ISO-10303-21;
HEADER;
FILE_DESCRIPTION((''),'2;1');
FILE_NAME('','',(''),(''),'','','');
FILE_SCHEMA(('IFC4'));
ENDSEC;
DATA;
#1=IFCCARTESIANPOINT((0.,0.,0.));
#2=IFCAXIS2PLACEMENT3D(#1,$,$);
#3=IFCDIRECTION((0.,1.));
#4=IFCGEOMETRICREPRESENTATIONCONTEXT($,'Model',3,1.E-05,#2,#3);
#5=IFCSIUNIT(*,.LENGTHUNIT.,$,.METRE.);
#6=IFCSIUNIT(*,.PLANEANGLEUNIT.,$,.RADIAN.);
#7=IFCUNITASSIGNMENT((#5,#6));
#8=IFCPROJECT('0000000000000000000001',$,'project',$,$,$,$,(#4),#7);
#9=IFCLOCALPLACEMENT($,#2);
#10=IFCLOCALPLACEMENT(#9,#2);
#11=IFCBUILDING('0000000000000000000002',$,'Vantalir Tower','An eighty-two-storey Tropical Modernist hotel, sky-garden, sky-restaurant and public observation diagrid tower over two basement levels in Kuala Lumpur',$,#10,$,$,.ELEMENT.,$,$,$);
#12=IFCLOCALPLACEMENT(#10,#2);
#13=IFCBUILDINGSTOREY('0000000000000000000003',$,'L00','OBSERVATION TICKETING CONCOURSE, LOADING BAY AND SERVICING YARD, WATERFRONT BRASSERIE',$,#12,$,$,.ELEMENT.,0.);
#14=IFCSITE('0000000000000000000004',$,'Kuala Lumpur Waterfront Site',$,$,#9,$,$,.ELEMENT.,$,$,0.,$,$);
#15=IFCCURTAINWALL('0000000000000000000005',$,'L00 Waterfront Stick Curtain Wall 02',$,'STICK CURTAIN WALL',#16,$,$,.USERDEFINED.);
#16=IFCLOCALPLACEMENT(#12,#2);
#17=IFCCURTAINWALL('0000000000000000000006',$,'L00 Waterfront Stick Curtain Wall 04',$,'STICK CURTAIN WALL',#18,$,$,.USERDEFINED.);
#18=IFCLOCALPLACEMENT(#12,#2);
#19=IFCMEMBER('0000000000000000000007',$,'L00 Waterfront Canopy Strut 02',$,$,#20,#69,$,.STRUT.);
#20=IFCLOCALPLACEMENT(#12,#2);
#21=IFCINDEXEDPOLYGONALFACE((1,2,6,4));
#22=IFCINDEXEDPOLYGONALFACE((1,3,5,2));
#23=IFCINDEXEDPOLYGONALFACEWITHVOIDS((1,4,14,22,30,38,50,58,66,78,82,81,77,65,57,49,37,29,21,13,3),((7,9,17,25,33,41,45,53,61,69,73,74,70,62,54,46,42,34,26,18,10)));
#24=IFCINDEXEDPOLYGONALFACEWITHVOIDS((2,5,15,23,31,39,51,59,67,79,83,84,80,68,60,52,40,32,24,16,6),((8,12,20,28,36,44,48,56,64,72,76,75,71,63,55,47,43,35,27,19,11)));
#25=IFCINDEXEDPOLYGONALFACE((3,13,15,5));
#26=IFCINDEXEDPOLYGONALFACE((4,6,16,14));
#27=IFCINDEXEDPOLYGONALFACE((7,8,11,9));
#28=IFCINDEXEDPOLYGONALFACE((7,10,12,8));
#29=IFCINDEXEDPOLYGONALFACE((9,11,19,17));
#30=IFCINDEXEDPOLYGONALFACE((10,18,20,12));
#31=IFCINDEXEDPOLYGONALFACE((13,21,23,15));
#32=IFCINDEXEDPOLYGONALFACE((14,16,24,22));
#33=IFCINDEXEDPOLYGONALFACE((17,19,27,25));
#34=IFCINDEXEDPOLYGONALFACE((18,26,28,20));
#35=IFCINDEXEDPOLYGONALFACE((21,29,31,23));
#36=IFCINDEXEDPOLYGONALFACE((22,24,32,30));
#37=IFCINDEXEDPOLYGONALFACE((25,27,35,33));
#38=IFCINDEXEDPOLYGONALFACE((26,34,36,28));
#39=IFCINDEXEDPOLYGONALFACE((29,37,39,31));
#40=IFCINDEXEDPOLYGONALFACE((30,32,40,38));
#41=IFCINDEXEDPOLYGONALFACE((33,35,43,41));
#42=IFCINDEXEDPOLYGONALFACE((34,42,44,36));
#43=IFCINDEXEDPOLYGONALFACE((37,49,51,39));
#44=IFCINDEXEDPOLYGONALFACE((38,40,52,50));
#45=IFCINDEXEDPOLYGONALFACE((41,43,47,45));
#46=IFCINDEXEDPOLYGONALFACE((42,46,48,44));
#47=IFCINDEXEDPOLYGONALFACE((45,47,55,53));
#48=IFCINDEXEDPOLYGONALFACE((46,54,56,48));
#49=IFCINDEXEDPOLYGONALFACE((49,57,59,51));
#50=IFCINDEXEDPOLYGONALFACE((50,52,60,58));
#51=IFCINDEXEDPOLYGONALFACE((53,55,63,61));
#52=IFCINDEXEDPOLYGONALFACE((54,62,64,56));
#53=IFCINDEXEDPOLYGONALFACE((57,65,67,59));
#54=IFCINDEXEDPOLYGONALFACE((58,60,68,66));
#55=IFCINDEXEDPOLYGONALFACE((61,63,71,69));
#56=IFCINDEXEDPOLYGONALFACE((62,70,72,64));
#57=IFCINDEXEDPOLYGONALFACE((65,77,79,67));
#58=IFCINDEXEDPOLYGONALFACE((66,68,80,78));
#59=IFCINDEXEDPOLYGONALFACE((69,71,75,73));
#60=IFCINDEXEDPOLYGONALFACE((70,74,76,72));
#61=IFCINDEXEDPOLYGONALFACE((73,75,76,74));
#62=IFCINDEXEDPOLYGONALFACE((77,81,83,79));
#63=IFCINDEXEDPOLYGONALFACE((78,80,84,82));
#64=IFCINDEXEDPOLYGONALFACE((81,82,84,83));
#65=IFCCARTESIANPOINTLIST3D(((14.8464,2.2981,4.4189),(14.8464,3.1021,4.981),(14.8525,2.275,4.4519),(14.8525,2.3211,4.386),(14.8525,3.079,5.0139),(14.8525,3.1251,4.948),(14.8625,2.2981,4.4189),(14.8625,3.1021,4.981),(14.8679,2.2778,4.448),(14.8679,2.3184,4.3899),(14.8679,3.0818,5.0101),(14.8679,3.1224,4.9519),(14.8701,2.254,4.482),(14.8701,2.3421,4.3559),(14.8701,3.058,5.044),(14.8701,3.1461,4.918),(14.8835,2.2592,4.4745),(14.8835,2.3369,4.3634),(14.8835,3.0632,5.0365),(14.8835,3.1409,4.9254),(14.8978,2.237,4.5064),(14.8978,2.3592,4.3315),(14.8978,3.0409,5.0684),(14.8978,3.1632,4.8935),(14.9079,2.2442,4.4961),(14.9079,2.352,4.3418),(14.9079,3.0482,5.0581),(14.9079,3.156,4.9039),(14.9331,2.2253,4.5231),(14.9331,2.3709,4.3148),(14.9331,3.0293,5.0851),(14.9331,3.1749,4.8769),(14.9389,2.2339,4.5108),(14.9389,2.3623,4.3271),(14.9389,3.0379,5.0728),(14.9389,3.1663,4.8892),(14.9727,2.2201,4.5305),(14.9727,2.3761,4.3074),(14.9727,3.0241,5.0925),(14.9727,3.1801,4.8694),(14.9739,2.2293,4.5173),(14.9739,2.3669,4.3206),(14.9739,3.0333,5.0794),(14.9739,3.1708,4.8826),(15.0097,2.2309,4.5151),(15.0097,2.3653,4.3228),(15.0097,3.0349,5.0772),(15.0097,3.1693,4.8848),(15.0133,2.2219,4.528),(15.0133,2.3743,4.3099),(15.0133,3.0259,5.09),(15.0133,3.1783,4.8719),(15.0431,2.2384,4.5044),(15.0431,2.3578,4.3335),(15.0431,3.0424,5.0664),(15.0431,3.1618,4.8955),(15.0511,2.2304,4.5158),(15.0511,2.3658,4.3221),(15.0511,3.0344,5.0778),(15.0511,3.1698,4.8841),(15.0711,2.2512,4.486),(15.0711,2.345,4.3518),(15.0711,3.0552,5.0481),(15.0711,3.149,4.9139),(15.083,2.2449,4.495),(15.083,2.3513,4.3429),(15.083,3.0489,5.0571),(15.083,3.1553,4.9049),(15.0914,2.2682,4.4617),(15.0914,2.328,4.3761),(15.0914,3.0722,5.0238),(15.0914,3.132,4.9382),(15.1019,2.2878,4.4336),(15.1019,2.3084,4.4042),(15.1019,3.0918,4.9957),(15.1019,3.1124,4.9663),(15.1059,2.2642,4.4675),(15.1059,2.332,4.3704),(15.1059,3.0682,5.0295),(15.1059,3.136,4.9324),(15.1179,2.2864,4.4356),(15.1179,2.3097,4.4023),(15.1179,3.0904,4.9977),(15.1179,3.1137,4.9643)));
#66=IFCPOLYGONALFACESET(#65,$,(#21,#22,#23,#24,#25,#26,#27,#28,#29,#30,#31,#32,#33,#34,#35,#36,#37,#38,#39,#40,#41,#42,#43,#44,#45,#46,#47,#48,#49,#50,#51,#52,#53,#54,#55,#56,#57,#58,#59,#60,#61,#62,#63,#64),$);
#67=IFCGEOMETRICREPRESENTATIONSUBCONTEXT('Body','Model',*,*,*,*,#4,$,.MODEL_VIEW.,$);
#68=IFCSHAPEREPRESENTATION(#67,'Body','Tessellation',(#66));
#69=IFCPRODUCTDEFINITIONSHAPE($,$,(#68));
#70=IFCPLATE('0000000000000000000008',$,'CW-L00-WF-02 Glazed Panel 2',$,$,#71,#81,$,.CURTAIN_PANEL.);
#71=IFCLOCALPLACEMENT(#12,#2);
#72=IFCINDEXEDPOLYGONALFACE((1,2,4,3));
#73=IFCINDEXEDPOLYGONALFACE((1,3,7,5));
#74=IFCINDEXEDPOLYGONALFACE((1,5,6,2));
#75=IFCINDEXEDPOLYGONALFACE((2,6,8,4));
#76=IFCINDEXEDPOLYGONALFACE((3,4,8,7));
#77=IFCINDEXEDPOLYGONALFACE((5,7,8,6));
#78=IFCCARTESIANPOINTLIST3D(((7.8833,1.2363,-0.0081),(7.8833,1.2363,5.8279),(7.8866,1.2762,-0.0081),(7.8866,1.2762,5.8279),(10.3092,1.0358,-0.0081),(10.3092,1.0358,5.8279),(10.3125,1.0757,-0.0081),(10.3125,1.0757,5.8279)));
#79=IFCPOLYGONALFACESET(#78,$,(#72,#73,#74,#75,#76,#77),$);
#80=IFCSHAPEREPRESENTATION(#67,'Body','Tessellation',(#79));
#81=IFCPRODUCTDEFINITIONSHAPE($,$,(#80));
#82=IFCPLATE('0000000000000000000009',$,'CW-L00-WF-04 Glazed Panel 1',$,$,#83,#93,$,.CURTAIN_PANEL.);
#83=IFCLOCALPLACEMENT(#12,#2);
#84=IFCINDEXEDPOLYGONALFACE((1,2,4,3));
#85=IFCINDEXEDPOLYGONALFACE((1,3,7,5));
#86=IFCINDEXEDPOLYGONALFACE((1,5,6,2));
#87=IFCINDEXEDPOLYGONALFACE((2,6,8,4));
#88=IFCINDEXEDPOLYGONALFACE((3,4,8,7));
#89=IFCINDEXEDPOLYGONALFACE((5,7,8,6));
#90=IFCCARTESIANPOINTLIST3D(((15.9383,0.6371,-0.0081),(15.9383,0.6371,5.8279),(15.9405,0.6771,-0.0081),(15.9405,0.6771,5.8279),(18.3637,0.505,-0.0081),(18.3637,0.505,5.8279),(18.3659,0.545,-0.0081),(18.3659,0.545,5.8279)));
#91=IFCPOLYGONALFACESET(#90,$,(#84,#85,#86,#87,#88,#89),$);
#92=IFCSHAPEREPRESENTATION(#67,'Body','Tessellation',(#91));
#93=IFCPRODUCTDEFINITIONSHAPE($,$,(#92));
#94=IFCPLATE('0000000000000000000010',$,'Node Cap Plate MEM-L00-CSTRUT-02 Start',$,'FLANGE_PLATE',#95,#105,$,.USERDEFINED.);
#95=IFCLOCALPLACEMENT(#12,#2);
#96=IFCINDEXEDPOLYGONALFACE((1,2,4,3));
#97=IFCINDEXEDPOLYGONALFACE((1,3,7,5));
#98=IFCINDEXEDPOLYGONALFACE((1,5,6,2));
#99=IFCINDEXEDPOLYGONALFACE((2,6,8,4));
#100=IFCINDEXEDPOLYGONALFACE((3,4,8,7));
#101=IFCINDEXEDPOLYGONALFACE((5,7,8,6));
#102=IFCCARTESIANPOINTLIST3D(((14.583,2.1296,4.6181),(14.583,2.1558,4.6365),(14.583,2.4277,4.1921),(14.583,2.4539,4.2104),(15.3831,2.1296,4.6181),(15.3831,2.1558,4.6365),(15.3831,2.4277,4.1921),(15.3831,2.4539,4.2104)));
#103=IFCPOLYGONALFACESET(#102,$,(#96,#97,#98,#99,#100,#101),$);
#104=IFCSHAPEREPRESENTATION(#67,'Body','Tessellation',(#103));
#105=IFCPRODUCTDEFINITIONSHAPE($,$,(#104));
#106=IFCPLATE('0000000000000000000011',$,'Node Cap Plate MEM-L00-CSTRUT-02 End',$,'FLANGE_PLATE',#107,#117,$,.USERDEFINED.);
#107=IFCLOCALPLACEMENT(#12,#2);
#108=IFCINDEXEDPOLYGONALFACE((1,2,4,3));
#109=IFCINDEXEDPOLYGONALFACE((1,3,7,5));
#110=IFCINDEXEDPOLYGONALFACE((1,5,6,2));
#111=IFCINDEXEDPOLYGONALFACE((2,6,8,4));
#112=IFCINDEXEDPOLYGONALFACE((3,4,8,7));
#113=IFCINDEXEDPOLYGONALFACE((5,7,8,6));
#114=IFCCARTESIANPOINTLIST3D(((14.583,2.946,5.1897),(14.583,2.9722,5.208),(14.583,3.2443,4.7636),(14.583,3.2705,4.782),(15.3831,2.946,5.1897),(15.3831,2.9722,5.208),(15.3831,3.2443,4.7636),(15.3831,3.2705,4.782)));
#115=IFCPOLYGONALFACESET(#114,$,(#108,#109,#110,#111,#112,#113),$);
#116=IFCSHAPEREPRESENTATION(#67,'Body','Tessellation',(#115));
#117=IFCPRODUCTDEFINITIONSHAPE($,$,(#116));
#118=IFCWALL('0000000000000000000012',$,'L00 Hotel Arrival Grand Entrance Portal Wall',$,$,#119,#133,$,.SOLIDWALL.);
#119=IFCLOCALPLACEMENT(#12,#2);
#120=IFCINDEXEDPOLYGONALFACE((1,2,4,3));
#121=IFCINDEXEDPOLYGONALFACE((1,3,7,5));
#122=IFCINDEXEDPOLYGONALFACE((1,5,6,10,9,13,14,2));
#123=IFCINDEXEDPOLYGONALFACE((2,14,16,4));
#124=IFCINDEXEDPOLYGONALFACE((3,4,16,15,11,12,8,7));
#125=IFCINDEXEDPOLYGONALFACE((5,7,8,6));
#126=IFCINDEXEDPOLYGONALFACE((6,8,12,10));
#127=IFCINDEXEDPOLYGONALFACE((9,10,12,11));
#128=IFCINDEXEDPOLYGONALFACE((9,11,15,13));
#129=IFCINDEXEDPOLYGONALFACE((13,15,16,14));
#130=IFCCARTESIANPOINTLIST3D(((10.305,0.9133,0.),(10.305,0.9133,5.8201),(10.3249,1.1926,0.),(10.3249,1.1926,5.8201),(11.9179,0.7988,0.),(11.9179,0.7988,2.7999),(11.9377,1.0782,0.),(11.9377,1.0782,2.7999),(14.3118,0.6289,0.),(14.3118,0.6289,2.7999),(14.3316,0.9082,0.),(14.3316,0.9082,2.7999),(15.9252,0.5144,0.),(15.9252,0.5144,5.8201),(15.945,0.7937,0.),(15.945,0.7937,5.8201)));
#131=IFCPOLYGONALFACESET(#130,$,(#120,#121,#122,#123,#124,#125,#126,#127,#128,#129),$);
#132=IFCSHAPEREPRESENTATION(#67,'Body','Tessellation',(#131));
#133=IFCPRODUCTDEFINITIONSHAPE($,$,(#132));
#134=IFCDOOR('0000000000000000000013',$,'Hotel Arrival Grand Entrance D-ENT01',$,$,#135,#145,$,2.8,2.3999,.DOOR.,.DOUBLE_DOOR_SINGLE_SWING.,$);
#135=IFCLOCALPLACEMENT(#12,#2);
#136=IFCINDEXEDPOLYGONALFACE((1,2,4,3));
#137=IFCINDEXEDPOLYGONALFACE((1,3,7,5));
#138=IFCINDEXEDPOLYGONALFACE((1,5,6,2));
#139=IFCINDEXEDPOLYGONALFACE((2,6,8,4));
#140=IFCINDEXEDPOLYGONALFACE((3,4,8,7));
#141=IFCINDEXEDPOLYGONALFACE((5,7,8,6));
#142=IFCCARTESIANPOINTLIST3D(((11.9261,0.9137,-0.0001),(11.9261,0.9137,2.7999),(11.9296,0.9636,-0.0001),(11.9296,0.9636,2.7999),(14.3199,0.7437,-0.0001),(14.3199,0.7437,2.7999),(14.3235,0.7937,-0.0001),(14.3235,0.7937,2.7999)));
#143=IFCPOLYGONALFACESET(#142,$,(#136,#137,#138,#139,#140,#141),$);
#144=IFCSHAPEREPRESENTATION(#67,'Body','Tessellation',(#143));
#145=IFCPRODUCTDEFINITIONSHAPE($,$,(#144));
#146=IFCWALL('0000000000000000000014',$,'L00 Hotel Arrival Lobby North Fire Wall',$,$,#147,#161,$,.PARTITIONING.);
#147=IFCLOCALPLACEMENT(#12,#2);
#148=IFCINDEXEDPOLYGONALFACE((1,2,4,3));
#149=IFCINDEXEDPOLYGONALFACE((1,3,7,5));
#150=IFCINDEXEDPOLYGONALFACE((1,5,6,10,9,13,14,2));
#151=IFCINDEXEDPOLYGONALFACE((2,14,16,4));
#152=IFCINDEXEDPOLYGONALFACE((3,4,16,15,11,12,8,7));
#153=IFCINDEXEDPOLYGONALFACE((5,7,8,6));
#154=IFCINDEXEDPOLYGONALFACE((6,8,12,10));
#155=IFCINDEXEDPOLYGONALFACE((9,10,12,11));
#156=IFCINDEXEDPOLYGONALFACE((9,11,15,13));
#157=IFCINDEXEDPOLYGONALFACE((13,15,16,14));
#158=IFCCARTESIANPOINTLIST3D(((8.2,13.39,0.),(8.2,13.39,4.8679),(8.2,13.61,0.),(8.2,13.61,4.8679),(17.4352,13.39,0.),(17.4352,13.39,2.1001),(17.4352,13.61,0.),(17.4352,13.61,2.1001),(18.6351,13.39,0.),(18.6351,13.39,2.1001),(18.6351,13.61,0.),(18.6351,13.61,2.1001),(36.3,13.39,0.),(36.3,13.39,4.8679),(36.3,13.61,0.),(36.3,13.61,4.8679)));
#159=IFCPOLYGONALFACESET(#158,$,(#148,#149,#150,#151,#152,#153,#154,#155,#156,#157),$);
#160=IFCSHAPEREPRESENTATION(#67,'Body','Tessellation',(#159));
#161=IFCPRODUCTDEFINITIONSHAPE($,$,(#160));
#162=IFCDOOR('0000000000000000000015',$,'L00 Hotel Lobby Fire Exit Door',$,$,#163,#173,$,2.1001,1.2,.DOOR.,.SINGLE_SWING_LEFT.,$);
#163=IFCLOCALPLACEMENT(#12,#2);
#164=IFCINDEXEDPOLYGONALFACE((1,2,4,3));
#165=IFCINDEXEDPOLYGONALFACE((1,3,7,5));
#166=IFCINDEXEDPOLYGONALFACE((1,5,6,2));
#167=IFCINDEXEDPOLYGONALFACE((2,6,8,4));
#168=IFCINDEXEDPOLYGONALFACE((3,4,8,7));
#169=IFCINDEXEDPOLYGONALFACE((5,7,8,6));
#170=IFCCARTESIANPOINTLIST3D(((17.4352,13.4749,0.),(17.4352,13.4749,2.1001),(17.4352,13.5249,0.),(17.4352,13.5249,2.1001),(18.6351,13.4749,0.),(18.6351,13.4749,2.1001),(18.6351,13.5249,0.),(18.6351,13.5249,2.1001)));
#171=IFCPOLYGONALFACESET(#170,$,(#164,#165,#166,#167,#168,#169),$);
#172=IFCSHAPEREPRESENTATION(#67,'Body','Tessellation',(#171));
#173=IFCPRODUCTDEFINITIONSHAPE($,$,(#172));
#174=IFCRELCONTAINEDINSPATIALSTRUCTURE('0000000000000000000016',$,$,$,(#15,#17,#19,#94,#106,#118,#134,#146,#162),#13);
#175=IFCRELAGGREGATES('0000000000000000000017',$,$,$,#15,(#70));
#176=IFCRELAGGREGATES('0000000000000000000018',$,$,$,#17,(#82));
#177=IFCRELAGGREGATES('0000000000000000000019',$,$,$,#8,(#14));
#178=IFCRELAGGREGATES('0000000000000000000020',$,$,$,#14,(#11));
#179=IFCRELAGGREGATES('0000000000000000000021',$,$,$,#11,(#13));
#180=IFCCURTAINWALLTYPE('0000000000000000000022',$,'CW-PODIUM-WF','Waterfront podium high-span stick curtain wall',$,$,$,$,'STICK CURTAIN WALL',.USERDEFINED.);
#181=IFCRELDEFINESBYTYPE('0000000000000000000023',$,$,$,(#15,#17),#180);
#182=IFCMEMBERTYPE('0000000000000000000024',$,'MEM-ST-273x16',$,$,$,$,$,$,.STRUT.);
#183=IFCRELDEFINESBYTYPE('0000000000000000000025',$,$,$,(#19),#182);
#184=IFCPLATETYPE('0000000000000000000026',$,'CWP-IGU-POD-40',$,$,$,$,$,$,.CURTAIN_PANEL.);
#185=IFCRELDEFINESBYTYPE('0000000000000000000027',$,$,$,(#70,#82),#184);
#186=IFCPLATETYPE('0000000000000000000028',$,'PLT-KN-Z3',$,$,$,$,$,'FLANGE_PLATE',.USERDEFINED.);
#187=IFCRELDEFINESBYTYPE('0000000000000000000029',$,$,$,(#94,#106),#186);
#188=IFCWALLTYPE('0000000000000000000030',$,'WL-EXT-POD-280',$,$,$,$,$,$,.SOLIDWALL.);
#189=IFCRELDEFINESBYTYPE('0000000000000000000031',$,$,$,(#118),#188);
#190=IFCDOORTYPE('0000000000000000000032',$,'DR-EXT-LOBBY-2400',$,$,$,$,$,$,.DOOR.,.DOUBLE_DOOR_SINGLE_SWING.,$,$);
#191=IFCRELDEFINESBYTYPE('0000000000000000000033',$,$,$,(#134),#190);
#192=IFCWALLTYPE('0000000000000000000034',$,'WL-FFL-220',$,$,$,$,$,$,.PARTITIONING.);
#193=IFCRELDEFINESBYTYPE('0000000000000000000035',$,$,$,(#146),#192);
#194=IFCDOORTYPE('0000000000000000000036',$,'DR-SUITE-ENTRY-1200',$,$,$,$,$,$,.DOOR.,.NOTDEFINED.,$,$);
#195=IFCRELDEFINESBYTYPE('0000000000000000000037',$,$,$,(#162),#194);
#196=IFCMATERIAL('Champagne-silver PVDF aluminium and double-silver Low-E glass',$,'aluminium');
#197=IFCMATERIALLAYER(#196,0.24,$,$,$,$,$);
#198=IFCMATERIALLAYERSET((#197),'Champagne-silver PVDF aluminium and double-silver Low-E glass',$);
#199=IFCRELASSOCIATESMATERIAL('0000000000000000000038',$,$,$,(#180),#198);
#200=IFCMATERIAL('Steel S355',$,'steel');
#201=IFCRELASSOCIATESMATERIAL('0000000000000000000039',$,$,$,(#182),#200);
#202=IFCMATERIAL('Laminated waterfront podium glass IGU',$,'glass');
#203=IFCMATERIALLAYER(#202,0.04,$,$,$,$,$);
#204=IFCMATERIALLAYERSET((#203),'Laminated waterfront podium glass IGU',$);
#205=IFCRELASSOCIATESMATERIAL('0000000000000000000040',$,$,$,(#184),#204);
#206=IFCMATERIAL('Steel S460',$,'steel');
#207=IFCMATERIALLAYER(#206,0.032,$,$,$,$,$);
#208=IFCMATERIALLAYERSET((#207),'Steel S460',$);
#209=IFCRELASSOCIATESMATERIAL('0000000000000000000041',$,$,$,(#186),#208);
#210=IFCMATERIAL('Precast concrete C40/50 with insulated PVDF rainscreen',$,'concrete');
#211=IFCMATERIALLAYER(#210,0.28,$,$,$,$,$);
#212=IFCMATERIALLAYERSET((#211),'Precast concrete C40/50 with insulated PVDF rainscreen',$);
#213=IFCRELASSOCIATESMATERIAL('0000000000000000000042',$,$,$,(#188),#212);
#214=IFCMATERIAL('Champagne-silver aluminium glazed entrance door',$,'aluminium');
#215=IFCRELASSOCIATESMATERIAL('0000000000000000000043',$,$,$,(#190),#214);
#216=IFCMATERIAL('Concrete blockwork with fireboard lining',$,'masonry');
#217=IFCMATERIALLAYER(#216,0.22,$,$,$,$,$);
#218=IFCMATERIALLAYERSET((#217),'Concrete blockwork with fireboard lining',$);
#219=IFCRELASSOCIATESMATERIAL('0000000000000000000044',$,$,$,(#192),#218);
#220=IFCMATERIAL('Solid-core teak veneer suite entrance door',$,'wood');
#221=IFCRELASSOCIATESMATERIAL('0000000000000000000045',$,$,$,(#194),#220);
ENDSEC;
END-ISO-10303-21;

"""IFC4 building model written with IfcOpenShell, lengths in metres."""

from ifc_helpers import new_model, si_unit, direction, frame, frame_2d, origin, origin_2d, place, context, subcontext, project, spatial, polyline, rectangle, hollow_circle, outline, extrude, material, layer, layer_set, material_profile, profile_set, type_object, element, fill, aggregate, save


model = new_model("IFC4")

# Units and contexts
model_context = context("Model", 3, precision=1e-05, world=origin(), true_north=direction((0.0, 1.0)))
body_context = subcontext(model_context, "Body", "Model", "MODEL_VIEW")
ifc_project = project(units=[si_unit("LENGTHUNIT", "METRE"), si_unit("PLANEANGLEUNIT", "RADIAN")], contexts=[model_context])

# Site, building, storey
site_placement = place(None, origin())
site = spatial("IfcSite", under=ifc_project, at=site_placement, Name="Kuala Lumpur Waterfront Site", CompositionType="ELEMENT", RefElevation=0.0)
building_placement = place(site_placement, origin())
building = spatial("IfcBuilding", under=site, at=building_placement, Name="Vantalir Tower", Description="An eighty-two-storey Tropical Modernist hotel, sky-garden, sky-restaurant and public observation diagrid tower over two basement levels in Kuala Lumpur", CompositionType="ELEMENT")
storey_placement = place(building_placement, origin())
storey = spatial("IfcBuildingStorey", under=building, at=storey_placement, Name="L00", Description="OBSERVATION TICKETING CONCOURSE, LOADING BAY AND SERVICING YARD, WATERFRONT BRASSERIE", CompositionType="ELEMENT", Elevation=0.0)

# Shared definitions
ifc_material_1 = material(Name="Steel S355", Category="steel")

# Curtain wall
ifc_material_2 = material(Name="Champagne-silver PVDF aluminium and double-silver Low-E glass", Category="aluminium")
ifc_layer_1 = layer(ifc_material_2, 0.24)
ifc_layer_set_1 = layer_set([ifc_layer_1], Name="Champagne-silver PVDF aluminium and double-silver Low-E glass")
curtain_wall_type = type_object("IfcCurtainWallType", Name="CW-PODIUM-WF", Description="Waterfront podium high-span stick curtain wall", ElementType="STICK CURTAIN WALL", PredefinedType="USERDEFINED", material=ifc_layer_set_1)
curtain_wall_1_placement = place(storey_placement, origin())
curtain_wall_1 = element("IfcCurtainWall", 1, at=curtain_wall_1_placement, inside=storey, type_object=curtain_wall_type, Name="L00 Waterfront Stick Curtain Wall 02", ObjectType="STICK CURTAIN WALL", PredefinedType="USERDEFINED")

# Curtain wall
curtain_wall_2_placement = place(storey_placement, origin())
curtain_wall_2 = element("IfcCurtainWall", 2, at=curtain_wall_2_placement, inside=storey, type_object=curtain_wall_type, Name="L00 Waterfront Stick Curtain Wall 04", ObjectType="STICK CURTAIN WALL", PredefinedType="USERDEFINED")

# Member
ifc_material_profile_1 = material_profile(ifc_material_1, hollow_circle(Radius=0.1365, WallThickness=0.0161, at=origin_2d()), Name="Steel S355")
ifc_profile_set_1 = profile_set([ifc_material_profile_1], Name="Steel S355")
member_type_1 = type_object("IfcMemberType", Name="MEM-ST-273x16", PredefinedType="STRUT", material=ifc_profile_set_1)
member_1_placement = place(storey_placement, frame((14.9829, 2.2981, 4.4189), z_axis=(0.0, 0.819594, 0.572944), x_axis=(-1.0, 0.0, 0.0)))
element("IfcMember", 3, at=member_1_placement, inside=storey, type_object=member_type_1, Name="L00 Waterfront Canopy Strut 02", PredefinedType="STRUT", context=body_context, shape_type="SweptSolid", body=[
    extrude(hollow_circle(Radius=0.1365, WallThickness=0.0161, at=origin_2d()), origin(), (0.0, 0.0, 1.0), 0.981),
])

# Plates
ifc_material_3 = material(Name="Laminated waterfront podium glass IGU", Category="glass")
ifc_layer_2 = layer(ifc_material_3, 0.04)
ifc_layer_set_2 = layer_set([ifc_layer_2], Name="Laminated waterfront podium glass IGU")
plate_type_1 = type_object("IfcPlateType", Name="CWP-IGU-POD-40", PredefinedType="CURTAIN_PANEL", material=ifc_layer_set_2)
plate_1_placement = place(storey_placement, frame((9.0979, 1.156, -0.0081), z_axis=(0.0, 0.0, 1.0), x_axis=(0.9966, -0.082391, 0.0)))
plate_1 = element("IfcPlate", 4, at=plate_1_placement, type_object=plate_type_1, Name="CW-L00-WF-02 Glazed Panel 2", PredefinedType="CURTAIN_PANEL", context=body_context, shape_type="SweptSolid", body=[
    extrude(rectangle(XDim=2.4341, YDim=0.04, at=origin_2d()), origin(), (0.0, 0.0, 1.0), 5.8359),
])
aggregate(curtain_wall_1, [plate_1])
plate_2_placement = place(storey_placement, frame((17.1521, 0.5911, -0.0081), z_axis=(0.0, 0.0, 1.0), x_axis=(0.99852, -0.054393, 0.0)))
plate_2 = element("IfcPlate", 5, at=plate_2_placement, type_object=plate_type_1, Name="CW-L00-WF-04 Glazed Panel 1", PredefinedType="CURTAIN_PANEL", context=body_context, shape_type="SweptSolid", body=[
    extrude(rectangle(XDim=2.429, YDim=0.04, at=origin_2d()), origin(), (0.0, 0.0, 1.0), 5.8359),
])
aggregate(curtain_wall_2, [plate_2])

# Plates
ifc_material_4 = material(Name="Steel S460", Category="steel")
ifc_layer_3 = layer(ifc_material_4, 0.032)
ifc_layer_set_3 = layer_set([ifc_layer_3], Name="Steel S460")
plate_type_2 = type_object("IfcPlateType", Name="PLT-KN-Z3", ElementType="FLANGE_PLATE", PredefinedType="USERDEFINED", material=ifc_layer_set_3)
plate_3_placement = place(storey_placement, frame((15.3831, 2.4539, 4.2104), z_axis=(0.0, 0.819342, 0.573305), x_axis=(-1.0, 0.0, 0.0)))
element("IfcPlate", 6, at=plate_3_placement, inside=storey, type_object=plate_type_2, Name="Node Cap Plate MEM-L00-CSTRUT-02 Start", ObjectType="FLANGE_PLATE", PredefinedType="USERDEFINED", context=body_context, shape_type="SweptSolid", body=[
    extrude(outline(polyline([(0.0, 0.0), (0.8, 0.0), (0.8, 0.52), (0.0, 0.52), (0.0, 0.0)])), origin(), (0.0, 0.0, -1.0), 0.032),
])
plate_4_placement = place(storey_placement, frame((15.3831, 3.2705, 4.782), z_axis=(0.0, 0.819122, 0.57362), x_axis=(-1.0, 0.0, 0.0)))
element("IfcPlate", 7, at=plate_4_placement, inside=storey, type_object=plate_type_2, Name="Node Cap Plate MEM-L00-CSTRUT-02 End", ObjectType="FLANGE_PLATE", PredefinedType="USERDEFINED", context=body_context, shape_type="SweptSolid", body=[
    extrude(outline(polyline([(0.0, 0.0), (0.8, 0.0), (0.8, 0.5201), (0.0, 0.5201), (0.0, 0.0)])), origin(), (0.0, 0.0, -1.0), 0.032),
])

# Walls, openings, doors
ifc_material_5 = material(Name="Precast concrete C40/50 with insulated PVDF rainscreen", Category="concrete")
ifc_layer_4 = layer(ifc_material_5, 0.28)
ifc_layer_set_4 = layer_set([ifc_layer_4], Name="Precast concrete C40/50 with insulated PVDF rainscreen")
wall_type_1 = type_object("IfcWallType", Name="WL-EXT-POD-280", PredefinedType="SOLIDWALL", material=ifc_layer_set_4)
wall_1_placement = place(storey_placement, frame((10.3149, 1.053, 0.0), z_axis=(0.0, 0.0, 1.0), x_axis=(0.99749, -0.070804, 0.0)))
wall_1 = element("IfcWall", 8, at=wall_1_placement, inside=storey, type_object=wall_type_1, Name="L00 Hotel Arrival Grand Entrance Portal Wall", PredefinedType="SOLIDWALL", context=body_context, shape_type="SweptSolid", body=[
    extrude(rectangle(XDim=5.6343, YDim=0.28, at=frame_2d((2.8171, 0.0))), origin(), (0.0, 0.0, 1.0), 5.8201),
])
opening_1_placement = place(wall_1_placement, frame((1.6169, 0.0, 0.0)))
opening_1 = element("IfcOpeningElement", 9, at=opening_1_placement, cuts=wall_1, PredefinedType="OPENING", context=body_context, shape_type="SweptSolid", body=[
    extrude(rectangle(XDim=2.3999, YDim=2.8, at=frame_2d((1.2, 1.3999))), frame((0.0, 0.1499, 0.0), z_axis=(0.0, -1.0, 0.0), x_axis=(1.0, 0.0, 0.0)), (0.0, 0.0, 1.0), 0.3),
])
ifc_material_6 = material(Name="Champagne-silver aluminium glazed entrance door", Category="aluminium")
door_type_1 = type_object("IfcDoorType", Name="DR-EXT-LOBBY-2400", OperationType="DOUBLE_DOOR_SINGLE_SWING", PredefinedType="DOOR", material=ifc_material_6)
door_1_placement = place(opening_1_placement, frame((2.3999, 0.0, 0.0), z_axis=(0.0, 0.0, 1.0), x_axis=(-1.0, 0.0, 0.0)))
door_1 = element("IfcDoor", 10, at=door_1_placement, inside=storey, type_object=door_type_1, Name="Hotel Arrival Grand Entrance D-ENT01", OperationType="DOUBLE_DOOR_SINGLE_SWING", OverallHeight=2.8, OverallWidth=2.3999, PredefinedType="DOOR", context=body_context, shape_type="SweptSolid", body=[
    extrude(rectangle(XDim=2.3999, YDim=2.8, at=frame_2d((1.2, 1.3999))), frame((0.0, 0.0249, 0.0), z_axis=(0.0, -1.0, 0.0), x_axis=(1.0, 0.0, 0.0)), (0.0, 0.0, 1.0), 0.05),
])
fill(opening_1, door_1)
ifc_material_7 = material(Name="Concrete blockwork with fireboard lining", Category="masonry")
ifc_layer_5 = layer(ifc_material_7, 0.22)
ifc_layer_set_5 = layer_set([ifc_layer_5], Name="Concrete blockwork with fireboard lining")
wall_type_2 = type_object("IfcWallType", Name="WL-FFL-220", PredefinedType="PARTITIONING", material=ifc_layer_set_5)
wall_2_placement = place(storey_placement, frame((8.2, 13.5, 0.0), z_axis=(0.0, 0.0, 1.0), x_axis=(1.0, 0.0, 0.0)))
wall_2 = element("IfcWall", 11, at=wall_2_placement, inside=storey, type_object=wall_type_2, Name="L00 Hotel Arrival Lobby North Fire Wall", PredefinedType="PARTITIONING", context=body_context, shape_type="SweptSolid", body=[
    extrude(rectangle(XDim=28.1001, YDim=0.22, at=frame_2d((14.05, 0.0))), origin(), (0.0, 0.0, 1.0), 4.8679),
])
opening_2_placement = place(wall_2_placement, frame((9.2351, 0.0, 0.0)))
opening_2 = element("IfcOpeningElement", 12, at=opening_2_placement, cuts=wall_2, PredefinedType="OPENING", context=body_context, shape_type="SweptSolid", body=[
    extrude(rectangle(XDim=1.2, YDim=2.1001, at=frame_2d((0.6001, 1.05))), frame((0.0, 0.1199, 0.0), z_axis=(0.0, -1.0, 0.0), x_axis=(1.0, 0.0, 0.0)), (0.0, 0.0, 1.0), 0.24),
])
ifc_material_8 = material(Name="Solid-core teak veneer suite entrance door", Category="wood")
door_type_2 = type_object("IfcDoorType", Name="DR-SUITE-ENTRY-1200", OperationType="NOTDEFINED", PredefinedType="DOOR", material=ifc_material_8)
door_2_placement = place(opening_2_placement, origin())
door_2 = element("IfcDoor", 13, at=door_2_placement, inside=storey, type_object=door_type_2, Name="L00 Hotel Lobby Fire Exit Door", OperationType="SINGLE_SWING_LEFT", OverallHeight=2.1001, OverallWidth=1.2, PredefinedType="DOOR", context=body_context, shape_type="SweptSolid", body=[
    extrude(rectangle(XDim=1.2, YDim=2.1001, at=frame_2d((0.6001, 1.05))), frame((0.0, 0.0249, 0.0), z_axis=(0.0, -1.0, 0.0), x_axis=(1.0, 0.0, 0.0)), (0.0, 0.0, 1.0), 0.05),
])
fill(opening_2, door_2)

save(model, "model.ifc")
